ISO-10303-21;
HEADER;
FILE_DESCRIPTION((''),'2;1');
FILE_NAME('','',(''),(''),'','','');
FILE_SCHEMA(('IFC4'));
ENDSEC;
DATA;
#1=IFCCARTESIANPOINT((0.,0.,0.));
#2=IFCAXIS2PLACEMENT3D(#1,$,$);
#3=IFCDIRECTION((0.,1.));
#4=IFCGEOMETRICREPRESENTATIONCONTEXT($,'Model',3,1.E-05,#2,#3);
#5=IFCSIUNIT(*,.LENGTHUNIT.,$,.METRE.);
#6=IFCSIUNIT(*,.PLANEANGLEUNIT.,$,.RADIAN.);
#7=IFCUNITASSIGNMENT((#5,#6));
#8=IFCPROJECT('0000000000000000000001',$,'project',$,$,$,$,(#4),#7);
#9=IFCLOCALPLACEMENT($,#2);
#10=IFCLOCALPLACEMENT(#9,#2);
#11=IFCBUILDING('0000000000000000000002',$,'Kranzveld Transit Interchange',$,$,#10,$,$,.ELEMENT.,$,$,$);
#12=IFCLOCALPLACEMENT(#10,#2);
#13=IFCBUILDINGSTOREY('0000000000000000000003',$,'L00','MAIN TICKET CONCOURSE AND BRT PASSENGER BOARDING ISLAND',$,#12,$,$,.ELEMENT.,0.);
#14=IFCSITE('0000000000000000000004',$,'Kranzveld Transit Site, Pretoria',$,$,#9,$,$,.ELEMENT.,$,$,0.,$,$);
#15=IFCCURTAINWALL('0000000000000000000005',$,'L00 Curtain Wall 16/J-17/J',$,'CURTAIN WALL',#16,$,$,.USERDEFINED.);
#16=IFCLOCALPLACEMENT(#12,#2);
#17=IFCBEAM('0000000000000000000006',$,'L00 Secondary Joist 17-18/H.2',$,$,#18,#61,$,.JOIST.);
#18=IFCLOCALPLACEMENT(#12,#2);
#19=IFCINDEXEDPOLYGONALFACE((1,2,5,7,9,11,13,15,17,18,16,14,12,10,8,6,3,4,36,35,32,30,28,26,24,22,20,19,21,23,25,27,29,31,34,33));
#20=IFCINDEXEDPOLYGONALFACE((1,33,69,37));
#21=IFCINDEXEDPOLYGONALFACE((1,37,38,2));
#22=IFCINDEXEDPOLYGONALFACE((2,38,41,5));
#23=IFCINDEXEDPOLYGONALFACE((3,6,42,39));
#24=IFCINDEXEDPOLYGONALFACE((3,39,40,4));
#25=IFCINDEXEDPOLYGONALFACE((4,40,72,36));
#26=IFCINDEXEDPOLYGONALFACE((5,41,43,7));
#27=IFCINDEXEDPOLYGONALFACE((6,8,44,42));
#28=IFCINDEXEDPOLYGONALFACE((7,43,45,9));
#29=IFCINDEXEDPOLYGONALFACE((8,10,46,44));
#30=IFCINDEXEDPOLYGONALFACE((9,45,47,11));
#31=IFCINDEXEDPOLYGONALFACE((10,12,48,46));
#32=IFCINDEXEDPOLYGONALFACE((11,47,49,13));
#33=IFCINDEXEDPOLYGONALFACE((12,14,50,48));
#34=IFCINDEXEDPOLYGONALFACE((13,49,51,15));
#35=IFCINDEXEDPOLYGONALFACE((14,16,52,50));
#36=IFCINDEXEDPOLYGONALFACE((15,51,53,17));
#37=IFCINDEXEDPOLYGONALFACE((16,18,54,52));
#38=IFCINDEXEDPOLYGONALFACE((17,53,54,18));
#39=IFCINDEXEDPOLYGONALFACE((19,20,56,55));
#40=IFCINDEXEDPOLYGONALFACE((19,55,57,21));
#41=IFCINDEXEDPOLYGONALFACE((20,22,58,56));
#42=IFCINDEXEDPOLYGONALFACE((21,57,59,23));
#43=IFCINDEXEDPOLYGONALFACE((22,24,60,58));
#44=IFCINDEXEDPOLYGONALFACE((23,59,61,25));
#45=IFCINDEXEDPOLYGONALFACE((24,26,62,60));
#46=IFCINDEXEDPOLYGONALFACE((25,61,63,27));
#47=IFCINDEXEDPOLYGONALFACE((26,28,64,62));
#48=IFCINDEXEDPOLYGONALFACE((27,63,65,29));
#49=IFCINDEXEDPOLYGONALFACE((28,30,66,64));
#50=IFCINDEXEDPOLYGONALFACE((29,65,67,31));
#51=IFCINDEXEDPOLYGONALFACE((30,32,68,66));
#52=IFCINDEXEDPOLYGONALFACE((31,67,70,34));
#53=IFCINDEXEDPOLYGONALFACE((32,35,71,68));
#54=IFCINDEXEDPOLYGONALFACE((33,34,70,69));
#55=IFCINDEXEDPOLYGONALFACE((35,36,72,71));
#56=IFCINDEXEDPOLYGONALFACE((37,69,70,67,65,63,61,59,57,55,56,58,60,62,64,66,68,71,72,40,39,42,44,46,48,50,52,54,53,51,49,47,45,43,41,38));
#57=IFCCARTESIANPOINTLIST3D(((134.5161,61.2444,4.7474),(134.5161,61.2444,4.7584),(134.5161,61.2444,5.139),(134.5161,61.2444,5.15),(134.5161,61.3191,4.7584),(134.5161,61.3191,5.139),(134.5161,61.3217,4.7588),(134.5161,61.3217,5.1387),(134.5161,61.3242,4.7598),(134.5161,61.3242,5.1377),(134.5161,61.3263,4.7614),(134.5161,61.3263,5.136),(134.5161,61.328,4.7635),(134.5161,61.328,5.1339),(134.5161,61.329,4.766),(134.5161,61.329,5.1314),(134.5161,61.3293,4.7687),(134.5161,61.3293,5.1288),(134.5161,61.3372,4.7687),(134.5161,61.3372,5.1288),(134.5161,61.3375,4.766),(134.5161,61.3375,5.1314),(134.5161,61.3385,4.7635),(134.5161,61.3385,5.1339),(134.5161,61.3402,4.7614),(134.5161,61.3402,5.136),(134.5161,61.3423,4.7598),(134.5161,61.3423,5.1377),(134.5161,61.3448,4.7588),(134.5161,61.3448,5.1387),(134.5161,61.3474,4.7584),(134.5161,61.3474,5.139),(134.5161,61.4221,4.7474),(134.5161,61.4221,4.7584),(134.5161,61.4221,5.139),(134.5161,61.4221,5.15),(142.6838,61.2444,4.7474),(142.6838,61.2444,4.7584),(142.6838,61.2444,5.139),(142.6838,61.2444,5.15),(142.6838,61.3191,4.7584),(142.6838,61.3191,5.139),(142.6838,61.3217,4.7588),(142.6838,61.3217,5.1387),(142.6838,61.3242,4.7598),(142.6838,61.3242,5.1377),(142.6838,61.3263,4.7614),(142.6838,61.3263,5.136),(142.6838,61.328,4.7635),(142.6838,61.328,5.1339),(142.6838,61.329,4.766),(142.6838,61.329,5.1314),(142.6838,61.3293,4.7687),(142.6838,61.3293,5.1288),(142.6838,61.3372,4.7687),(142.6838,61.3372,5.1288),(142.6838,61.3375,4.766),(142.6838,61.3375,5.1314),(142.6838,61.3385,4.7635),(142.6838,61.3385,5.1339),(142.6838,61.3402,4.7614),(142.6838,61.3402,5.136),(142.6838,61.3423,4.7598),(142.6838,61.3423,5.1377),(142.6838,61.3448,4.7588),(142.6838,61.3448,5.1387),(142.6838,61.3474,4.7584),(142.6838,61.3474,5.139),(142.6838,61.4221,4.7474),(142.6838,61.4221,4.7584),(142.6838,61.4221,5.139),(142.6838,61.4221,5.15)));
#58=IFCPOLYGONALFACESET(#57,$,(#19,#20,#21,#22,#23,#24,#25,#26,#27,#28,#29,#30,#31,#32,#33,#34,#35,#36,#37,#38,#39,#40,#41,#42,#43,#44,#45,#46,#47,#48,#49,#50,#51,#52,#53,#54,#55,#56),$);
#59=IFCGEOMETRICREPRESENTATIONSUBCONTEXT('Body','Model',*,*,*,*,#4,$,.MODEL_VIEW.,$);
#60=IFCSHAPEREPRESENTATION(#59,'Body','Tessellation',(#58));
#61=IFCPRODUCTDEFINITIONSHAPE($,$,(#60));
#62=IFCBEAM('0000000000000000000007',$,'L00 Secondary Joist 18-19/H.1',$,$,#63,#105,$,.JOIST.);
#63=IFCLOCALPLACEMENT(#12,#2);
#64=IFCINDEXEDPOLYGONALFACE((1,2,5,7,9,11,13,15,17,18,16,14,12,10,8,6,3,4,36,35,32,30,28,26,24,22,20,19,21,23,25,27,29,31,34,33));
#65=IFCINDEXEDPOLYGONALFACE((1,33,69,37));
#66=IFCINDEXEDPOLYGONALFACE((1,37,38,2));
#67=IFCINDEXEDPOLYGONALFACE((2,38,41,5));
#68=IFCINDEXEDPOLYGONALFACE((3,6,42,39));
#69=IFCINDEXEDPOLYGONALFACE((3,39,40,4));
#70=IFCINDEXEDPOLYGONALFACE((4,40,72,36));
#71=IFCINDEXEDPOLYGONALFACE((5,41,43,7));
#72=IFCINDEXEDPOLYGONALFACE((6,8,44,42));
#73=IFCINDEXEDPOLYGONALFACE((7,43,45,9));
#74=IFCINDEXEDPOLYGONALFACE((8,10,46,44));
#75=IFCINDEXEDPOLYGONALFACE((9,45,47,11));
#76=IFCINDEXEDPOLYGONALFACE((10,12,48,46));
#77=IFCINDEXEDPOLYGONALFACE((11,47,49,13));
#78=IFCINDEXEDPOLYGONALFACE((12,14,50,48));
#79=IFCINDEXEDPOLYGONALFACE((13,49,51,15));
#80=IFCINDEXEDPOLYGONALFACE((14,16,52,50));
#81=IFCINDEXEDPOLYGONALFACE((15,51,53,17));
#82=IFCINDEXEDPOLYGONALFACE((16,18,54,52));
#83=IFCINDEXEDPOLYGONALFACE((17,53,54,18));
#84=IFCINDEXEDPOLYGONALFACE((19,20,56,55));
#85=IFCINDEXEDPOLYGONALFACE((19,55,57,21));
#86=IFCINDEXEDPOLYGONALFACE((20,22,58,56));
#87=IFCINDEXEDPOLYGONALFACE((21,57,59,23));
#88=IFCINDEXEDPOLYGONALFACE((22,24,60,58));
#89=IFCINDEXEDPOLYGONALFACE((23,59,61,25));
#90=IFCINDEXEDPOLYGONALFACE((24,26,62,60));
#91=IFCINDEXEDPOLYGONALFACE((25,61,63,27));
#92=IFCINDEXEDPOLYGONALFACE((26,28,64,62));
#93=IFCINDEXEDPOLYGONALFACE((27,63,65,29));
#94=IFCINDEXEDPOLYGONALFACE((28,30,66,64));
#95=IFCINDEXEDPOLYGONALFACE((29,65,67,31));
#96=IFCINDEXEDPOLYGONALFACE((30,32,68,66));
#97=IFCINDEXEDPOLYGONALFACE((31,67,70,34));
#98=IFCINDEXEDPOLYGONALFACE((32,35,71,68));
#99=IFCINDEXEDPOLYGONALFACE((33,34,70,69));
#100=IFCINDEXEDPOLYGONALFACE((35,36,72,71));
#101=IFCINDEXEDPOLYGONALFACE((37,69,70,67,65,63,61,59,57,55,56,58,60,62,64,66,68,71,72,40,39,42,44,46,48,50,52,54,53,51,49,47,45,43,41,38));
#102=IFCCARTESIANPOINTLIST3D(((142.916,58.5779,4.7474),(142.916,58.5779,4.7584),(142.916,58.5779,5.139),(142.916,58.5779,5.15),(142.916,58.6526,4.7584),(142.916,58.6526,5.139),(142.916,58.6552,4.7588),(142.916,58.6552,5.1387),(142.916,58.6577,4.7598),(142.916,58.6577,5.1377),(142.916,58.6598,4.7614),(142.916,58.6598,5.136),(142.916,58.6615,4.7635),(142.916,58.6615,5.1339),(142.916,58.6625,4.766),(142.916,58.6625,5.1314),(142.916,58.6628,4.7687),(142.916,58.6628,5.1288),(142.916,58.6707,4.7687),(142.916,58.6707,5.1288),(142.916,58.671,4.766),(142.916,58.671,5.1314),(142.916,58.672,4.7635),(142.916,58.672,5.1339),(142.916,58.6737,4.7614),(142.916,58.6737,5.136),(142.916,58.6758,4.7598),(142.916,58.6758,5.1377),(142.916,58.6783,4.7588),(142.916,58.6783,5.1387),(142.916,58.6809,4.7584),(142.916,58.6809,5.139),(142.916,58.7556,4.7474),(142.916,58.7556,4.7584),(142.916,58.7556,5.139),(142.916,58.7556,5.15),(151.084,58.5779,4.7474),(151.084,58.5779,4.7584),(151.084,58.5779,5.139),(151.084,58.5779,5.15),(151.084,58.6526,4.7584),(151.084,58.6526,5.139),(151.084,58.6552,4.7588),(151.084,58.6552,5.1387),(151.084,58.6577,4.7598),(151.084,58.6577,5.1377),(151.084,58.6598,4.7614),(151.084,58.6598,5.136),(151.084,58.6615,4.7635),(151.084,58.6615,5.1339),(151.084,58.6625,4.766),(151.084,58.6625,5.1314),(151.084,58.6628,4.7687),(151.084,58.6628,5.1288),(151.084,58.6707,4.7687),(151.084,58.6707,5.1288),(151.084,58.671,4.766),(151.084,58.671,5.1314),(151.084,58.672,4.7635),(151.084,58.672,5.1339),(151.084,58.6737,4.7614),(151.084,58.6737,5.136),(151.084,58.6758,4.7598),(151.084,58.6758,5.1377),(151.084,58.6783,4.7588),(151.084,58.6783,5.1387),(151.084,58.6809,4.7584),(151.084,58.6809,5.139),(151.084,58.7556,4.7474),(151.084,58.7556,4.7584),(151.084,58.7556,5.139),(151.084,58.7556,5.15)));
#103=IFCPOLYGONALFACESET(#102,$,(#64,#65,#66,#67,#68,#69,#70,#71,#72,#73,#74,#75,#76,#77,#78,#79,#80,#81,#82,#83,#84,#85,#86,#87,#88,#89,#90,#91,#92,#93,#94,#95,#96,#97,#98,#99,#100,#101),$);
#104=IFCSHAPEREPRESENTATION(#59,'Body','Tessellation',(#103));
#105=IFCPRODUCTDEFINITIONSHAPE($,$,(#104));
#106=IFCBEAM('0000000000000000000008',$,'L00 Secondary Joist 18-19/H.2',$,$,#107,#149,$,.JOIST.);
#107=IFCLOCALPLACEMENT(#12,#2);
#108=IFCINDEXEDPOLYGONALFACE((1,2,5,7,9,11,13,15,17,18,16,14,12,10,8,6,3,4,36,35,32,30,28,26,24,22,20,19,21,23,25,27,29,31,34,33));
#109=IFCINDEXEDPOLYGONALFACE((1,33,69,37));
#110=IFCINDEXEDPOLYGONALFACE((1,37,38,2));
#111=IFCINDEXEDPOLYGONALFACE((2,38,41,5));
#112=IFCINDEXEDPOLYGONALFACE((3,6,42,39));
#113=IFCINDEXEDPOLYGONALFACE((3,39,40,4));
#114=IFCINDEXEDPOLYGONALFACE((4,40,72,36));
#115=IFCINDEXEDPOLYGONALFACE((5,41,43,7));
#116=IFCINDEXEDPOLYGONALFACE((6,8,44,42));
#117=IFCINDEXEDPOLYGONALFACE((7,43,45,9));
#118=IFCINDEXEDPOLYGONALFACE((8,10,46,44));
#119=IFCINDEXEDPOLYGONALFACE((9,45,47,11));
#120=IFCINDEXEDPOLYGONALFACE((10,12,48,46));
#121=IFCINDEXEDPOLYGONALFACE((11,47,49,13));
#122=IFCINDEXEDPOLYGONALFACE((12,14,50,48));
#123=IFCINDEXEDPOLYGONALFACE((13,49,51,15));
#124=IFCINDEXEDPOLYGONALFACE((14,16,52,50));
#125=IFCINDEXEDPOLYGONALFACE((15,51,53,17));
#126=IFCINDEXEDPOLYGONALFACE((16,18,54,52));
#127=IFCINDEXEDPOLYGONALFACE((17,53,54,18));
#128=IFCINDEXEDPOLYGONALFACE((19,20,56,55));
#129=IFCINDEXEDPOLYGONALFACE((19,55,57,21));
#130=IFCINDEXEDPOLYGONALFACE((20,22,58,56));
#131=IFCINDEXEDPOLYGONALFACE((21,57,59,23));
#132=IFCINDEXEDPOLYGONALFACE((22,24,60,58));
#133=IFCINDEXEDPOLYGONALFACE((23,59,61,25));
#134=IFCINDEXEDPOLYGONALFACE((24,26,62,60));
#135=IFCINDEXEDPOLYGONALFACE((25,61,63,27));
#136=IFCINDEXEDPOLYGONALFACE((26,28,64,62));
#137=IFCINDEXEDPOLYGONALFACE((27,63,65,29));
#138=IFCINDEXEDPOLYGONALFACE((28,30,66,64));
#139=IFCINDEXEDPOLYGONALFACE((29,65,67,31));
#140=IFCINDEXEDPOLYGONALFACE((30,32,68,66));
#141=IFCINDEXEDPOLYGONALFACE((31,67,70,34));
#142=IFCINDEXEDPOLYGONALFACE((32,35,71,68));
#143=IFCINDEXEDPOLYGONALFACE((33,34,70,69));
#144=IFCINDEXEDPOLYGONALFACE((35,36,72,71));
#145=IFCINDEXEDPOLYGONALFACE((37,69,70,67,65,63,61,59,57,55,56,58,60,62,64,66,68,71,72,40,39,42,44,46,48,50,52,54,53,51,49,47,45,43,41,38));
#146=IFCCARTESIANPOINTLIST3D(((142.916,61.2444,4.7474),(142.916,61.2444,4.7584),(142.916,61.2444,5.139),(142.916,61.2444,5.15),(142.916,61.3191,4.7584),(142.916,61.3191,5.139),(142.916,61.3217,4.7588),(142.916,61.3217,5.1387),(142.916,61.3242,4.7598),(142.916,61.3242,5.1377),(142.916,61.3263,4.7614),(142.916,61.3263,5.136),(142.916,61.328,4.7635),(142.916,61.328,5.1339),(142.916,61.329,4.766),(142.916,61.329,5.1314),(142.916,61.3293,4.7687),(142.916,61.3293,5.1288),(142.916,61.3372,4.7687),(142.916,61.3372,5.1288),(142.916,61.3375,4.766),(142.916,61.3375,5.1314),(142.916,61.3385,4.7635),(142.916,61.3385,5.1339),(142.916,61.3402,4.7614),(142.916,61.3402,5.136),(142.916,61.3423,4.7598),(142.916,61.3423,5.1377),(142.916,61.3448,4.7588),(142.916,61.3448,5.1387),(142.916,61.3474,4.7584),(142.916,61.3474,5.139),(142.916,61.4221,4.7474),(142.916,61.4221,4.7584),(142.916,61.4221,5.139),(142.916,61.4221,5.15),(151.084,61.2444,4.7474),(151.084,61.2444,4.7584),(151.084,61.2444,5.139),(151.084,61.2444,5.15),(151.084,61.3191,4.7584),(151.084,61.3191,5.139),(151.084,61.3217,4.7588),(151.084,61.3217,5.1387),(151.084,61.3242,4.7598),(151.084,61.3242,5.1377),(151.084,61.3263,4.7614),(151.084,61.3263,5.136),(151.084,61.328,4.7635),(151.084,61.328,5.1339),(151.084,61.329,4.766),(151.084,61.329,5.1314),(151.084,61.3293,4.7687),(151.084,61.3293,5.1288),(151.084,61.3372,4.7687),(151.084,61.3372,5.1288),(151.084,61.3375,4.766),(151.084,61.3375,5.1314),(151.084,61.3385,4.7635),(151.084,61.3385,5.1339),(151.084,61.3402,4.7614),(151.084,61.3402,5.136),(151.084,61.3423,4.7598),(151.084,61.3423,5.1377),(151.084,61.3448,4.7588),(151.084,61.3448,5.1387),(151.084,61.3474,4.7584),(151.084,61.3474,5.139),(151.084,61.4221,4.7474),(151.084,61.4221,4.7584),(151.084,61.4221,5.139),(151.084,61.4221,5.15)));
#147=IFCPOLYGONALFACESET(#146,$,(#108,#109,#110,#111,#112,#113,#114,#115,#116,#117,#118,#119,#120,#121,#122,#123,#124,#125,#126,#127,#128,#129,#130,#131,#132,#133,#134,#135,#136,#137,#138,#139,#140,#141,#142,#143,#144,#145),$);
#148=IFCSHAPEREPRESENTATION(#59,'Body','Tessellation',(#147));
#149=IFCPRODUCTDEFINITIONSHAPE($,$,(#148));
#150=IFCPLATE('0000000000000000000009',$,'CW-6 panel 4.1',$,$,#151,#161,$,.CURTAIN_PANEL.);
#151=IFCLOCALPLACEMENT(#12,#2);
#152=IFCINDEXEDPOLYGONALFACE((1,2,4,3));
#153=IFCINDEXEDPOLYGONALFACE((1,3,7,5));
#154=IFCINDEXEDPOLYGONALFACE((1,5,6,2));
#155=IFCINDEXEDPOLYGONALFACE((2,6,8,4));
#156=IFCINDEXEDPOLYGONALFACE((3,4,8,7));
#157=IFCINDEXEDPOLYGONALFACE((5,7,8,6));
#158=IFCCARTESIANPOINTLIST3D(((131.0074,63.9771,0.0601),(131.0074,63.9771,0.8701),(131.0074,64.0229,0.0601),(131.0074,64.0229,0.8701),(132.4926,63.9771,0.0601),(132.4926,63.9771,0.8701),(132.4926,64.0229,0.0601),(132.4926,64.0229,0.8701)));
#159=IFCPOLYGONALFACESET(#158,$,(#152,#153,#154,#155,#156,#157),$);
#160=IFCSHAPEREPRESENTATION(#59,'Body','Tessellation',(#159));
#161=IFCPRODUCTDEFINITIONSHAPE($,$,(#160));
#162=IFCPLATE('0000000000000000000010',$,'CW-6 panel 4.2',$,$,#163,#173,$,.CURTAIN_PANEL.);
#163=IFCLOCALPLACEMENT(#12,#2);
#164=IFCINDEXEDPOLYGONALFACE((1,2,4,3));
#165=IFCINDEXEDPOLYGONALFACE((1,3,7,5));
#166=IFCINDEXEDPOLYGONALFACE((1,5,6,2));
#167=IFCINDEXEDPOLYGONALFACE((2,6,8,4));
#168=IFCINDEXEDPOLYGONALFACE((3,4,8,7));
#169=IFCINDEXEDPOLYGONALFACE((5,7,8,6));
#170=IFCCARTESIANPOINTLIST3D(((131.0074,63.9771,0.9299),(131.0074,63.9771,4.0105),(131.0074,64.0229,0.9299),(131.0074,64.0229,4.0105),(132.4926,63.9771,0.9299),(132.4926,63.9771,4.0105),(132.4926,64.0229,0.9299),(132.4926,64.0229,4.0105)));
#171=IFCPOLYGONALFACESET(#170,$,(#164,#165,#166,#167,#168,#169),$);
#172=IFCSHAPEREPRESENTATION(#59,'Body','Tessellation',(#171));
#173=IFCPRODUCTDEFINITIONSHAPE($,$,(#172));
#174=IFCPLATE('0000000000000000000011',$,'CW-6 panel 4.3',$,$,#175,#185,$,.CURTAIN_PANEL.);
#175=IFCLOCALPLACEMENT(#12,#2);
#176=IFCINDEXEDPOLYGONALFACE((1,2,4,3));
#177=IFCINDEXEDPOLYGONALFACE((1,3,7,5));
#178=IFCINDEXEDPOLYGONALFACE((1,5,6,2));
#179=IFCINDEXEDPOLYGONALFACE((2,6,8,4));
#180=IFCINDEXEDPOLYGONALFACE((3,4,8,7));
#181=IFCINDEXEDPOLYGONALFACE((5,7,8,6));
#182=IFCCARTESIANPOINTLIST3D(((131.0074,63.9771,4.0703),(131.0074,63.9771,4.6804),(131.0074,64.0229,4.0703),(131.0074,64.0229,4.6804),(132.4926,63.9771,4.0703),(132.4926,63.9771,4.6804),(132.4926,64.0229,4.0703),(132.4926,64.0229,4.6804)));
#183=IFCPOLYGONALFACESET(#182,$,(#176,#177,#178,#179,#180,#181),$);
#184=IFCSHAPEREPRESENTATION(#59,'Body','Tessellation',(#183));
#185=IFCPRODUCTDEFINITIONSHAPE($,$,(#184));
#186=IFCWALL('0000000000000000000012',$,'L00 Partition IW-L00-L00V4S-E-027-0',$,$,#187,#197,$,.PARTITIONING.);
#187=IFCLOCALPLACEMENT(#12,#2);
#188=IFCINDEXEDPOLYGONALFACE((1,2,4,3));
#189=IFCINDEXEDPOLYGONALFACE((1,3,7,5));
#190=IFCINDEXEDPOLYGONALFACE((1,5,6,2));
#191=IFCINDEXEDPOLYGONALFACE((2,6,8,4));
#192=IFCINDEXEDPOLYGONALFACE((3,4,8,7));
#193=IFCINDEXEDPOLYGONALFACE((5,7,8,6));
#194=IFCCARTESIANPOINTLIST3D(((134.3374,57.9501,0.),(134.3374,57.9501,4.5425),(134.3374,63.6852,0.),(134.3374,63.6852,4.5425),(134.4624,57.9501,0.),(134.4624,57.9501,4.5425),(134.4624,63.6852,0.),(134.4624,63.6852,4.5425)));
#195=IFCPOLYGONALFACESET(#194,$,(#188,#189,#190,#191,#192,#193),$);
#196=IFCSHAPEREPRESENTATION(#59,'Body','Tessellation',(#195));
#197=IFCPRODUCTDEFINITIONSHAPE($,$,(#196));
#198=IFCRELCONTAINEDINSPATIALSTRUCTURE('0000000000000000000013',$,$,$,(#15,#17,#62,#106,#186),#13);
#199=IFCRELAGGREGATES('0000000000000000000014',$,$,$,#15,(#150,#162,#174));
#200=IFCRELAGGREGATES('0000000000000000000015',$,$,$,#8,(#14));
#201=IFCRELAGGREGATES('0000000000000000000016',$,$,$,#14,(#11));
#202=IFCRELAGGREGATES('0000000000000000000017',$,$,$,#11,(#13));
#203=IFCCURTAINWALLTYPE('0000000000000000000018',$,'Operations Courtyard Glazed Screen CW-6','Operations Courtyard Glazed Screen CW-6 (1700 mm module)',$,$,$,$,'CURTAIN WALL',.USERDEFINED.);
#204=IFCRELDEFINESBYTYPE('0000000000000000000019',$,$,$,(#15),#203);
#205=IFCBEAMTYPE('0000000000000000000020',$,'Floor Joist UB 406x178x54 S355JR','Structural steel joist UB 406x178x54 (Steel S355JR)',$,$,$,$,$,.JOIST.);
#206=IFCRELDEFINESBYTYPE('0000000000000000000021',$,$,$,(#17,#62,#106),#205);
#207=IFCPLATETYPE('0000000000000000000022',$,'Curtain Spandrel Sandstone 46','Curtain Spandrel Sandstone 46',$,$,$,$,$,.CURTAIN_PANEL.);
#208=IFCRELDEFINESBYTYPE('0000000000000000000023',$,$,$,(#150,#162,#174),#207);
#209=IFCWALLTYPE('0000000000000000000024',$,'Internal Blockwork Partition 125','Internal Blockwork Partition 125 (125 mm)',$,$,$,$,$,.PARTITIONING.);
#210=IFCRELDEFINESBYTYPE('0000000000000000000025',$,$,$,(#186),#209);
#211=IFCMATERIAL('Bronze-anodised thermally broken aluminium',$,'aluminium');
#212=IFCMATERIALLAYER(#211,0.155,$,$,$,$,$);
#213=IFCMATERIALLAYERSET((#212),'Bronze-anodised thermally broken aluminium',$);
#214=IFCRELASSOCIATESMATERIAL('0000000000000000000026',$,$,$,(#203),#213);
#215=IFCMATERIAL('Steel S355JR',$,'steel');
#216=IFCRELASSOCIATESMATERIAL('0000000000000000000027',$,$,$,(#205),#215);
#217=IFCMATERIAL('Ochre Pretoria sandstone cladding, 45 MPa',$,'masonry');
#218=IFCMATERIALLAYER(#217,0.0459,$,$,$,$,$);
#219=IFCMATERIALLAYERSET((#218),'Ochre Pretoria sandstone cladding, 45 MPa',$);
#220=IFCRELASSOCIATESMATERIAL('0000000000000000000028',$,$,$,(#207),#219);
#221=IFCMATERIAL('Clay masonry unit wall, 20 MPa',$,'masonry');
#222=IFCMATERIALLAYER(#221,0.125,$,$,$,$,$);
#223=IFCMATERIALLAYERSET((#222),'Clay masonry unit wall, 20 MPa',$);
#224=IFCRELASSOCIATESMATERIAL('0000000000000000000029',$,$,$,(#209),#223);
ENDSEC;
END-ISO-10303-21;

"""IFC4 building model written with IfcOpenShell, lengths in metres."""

from ifc_helpers import new_model, si_unit, direction, frame, frame_2d, origin, origin_2d, place, context, subcontext, project, spatial, rectangle, i_section, extrude, material, layer, layer_set, material_profile, profile_set, type_object, element, aggregate, save


model = new_model("IFC4")

# Units and contexts
model_context = context("Model", 3, precision=1e-05, world=origin(), true_north=direction((0.0, 1.0)))
body_context = subcontext(model_context, "Body", "Model", "MODEL_VIEW")
ifc_project = project(units=[si_unit("LENGTHUNIT", "METRE"), si_unit("PLANEANGLEUNIT", "RADIAN")], contexts=[model_context])

# Site, building, storey
site_placement = place(None, origin())
site = spatial("IfcSite", under=ifc_project, at=site_placement, Name="Kranzveld Transit Site, Pretoria", CompositionType="ELEMENT", RefElevation=0.0)
building_placement = place(site_placement, origin())
building = spatial("IfcBuilding", under=site, at=building_placement, Name="Kranzveld Transit Interchange", CompositionType="ELEMENT")
storey_placement = place(building_placement, origin())
storey = spatial("IfcBuildingStorey", under=building, at=storey_placement, Name="L00", Description="MAIN TICKET CONCOURSE AND BRT PASSENGER BOARDING ISLAND", CompositionType="ELEMENT", Elevation=0.0)

# Curtain wall
ifc_material_1 = material(Name="Bronze-anodised thermally broken aluminium", Category="aluminium")
ifc_layer_1 = layer(ifc_material_1, 0.155)
ifc_layer_set_1 = layer_set([ifc_layer_1], Name="Bronze-anodised thermally broken aluminium")
curtain_wall_type = type_object("IfcCurtainWallType", Name="Operations Courtyard Glazed Screen CW-6", Description="Operations Courtyard Glazed Screen CW-6 (1700 mm module)", ElementType="CURTAIN WALL", PredefinedType="USERDEFINED", material=ifc_layer_set_1)
curtain_wall_placement = place(storey_placement, origin())
curtain_wall = element("IfcCurtainWall", 1, at=curtain_wall_placement, inside=storey, type_object=curtain_wall_type, Name="L00 Curtain Wall 16/J-17/J", ObjectType="CURTAIN WALL", PredefinedType="USERDEFINED")

# Beams
ifc_material_2 = material(Name="Steel S355JR", Category="steel")
ifc_material_profile_1 = material_profile(ifc_material_2, i_section(OverallWidth=0.1777, OverallDepth=0.4026, WebThickness=0.0078, FlangeThickness=0.011, FilletRadius=0.0103, at=origin_2d()), Name="UB 406x178x54")
ifc_profile_set_1 = profile_set([ifc_material_profile_1], Name="Steel S355JR")
beam_type = type_object("IfcBeamType", Name="Floor Joist UB 406x178x54 S355JR", Description="Structural steel joist UB 406x178x54 (Steel S355JR)", PredefinedType="JOIST", material=ifc_profile_set_1)
for number, where, z_axis, x_axis, name in (
    (2, (134.5161, 61.3333, 4.9487), (1.0, 0.0, 0.0), (0.0, 1.0, 0.0), "L00 Secondary Joist 17-18/H.2"),
):
    element("IfcBeam", number, at=place(storey_placement, frame(where, z_axis=z_axis, x_axis=x_axis)), inside=storey, type_object=beam_type, Name=name, PredefinedType="JOIST", context=body_context, shape_type="SweptSolid", body=[
        extrude(i_section(OverallWidth=0.1777, OverallDepth=0.4026, WebThickness=0.0078, FlangeThickness=0.011, FilletRadius=0.0103, at=origin_2d()), origin(), (0.0, 0.0, 1.0), 8.1677),
    ])
for number, where, z_axis, x_axis, name in (
    (3, (142.916, 58.6667, 4.9487), (1.0, 0.0, 0.0), (0.0, 1.0, 0.0), "L00 Secondary Joist 18-19/H.1"),
    (4, (142.916, 61.3333, 4.9487), (1.0, 0.0, 0.0), (0.0, 1.0, 0.0), "L00 Secondary Joist 18-19/H.2"),
):
    element("IfcBeam", number, at=place(storey_placement, frame(where, z_axis=z_axis, x_axis=x_axis)), inside=storey, type_object=beam_type, Name=name, PredefinedType="JOIST", context=body_context, shape_type="SweptSolid", body=[
        extrude(i_section(OverallWidth=0.1777, OverallDepth=0.4026, WebThickness=0.0078, FlangeThickness=0.011, FilletRadius=0.0103, at=origin_2d()), origin(), (0.0, 0.0, 1.0), 8.168),
    ])

# Plates
ifc_material_3 = material(Name="Ochre Pretoria sandstone cladding, 45 MPa", Category="masonry")
ifc_layer_2 = layer(ifc_material_3, 0.0459)
ifc_layer_set_2 = layer_set([ifc_layer_2], Name="Ochre Pretoria sandstone cladding, 45 MPa")
plate_type = type_object("IfcPlateType", Name="Curtain Spandrel Sandstone 46", Description="Curtain Spandrel Sandstone 46", PredefinedType="CURTAIN_PANEL", material=ifc_layer_set_2)
plate_1_placement = place(storey_placement, frame((131.75, 64.0, 0.0601), z_axis=(0.0, 0.0, 1.0), x_axis=(1.0, 0.0, 0.0)))
plate_1 = element("IfcPlate", 5, at=plate_1_placement, type_object=plate_type, Name="CW-6 panel 4.1", PredefinedType="CURTAIN_PANEL", context=body_context, shape_type="SweptSolid", body=[
    extrude(rectangle(XDim=1.4851, YDim=0.0459, at=origin_2d()), origin(), (0.0, 0.0, 1.0), 0.8101),
])
plate_2_placement = place(storey_placement, frame((131.75, 64.0, 0.9299), z_axis=(0.0, 0.0, 1.0), x_axis=(1.0, 0.0, 0.0)))
plate_2 = element("IfcPlate", 6, at=plate_2_placement, type_object=plate_type, Name="CW-6 panel 4.2", PredefinedType="CURTAIN_PANEL", context=body_context, shape_type="SweptSolid", body=[
    extrude(rectangle(XDim=1.4851, YDim=0.0459, at=origin_2d()), origin(), (0.0, 0.0, 1.0), 3.0806),
])
plate_3_placement = place(storey_placement, frame((131.75, 64.0, 4.0703), z_axis=(0.0, 0.0, 1.0), x_axis=(1.0, 0.0, 0.0)))
plate_3 = element("IfcPlate", 7, at=plate_3_placement, type_object=plate_type, Name="CW-6 panel 4.3", PredefinedType="CURTAIN_PANEL", context=body_context, shape_type="SweptSolid", body=[
    extrude(rectangle(XDim=1.4851, YDim=0.0459, at=origin_2d()), origin(), (0.0, 0.0, 1.0), 0.6101),
])
aggregate(curtain_wall, [plate_1, plate_2, plate_3])

# Wall
ifc_material_4 = material(Name="Clay masonry unit wall, 20 MPa", Category="masonry")
ifc_layer_3 = layer(ifc_material_4, 0.125)
ifc_layer_set_3 = layer_set([ifc_layer_3], Name="Clay masonry unit wall, 20 MPa")
wall_type_1 = type_object("IfcWallType", Name="Internal Blockwork Partition 125", Description="Internal Blockwork Partition 125 (125 mm)", PredefinedType="PARTITIONING", material=ifc_layer_set_3)
wall_1_placement = place(storey_placement, frame((134.3999, 57.95, 0.0), z_axis=(0.0, 0.0, 1.0), x_axis=(0.0, 1.0, 0.0)))
element("IfcWall", 8, at=wall_1_placement, inside=storey, type_object=wall_type_1, Name="L00 Partition IW-L00-L00V4S-E-027-0", PredefinedType="PARTITIONING", context=body_context, shape_type="SweptSolid", body=[
    extrude(rectangle(XDim=5.7351, YDim=0.125, at=frame_2d((2.8677, 0.0))), origin(), (0.0, 0.0, 1.0), 4.5425),
])

save(model, "model.ifc")
